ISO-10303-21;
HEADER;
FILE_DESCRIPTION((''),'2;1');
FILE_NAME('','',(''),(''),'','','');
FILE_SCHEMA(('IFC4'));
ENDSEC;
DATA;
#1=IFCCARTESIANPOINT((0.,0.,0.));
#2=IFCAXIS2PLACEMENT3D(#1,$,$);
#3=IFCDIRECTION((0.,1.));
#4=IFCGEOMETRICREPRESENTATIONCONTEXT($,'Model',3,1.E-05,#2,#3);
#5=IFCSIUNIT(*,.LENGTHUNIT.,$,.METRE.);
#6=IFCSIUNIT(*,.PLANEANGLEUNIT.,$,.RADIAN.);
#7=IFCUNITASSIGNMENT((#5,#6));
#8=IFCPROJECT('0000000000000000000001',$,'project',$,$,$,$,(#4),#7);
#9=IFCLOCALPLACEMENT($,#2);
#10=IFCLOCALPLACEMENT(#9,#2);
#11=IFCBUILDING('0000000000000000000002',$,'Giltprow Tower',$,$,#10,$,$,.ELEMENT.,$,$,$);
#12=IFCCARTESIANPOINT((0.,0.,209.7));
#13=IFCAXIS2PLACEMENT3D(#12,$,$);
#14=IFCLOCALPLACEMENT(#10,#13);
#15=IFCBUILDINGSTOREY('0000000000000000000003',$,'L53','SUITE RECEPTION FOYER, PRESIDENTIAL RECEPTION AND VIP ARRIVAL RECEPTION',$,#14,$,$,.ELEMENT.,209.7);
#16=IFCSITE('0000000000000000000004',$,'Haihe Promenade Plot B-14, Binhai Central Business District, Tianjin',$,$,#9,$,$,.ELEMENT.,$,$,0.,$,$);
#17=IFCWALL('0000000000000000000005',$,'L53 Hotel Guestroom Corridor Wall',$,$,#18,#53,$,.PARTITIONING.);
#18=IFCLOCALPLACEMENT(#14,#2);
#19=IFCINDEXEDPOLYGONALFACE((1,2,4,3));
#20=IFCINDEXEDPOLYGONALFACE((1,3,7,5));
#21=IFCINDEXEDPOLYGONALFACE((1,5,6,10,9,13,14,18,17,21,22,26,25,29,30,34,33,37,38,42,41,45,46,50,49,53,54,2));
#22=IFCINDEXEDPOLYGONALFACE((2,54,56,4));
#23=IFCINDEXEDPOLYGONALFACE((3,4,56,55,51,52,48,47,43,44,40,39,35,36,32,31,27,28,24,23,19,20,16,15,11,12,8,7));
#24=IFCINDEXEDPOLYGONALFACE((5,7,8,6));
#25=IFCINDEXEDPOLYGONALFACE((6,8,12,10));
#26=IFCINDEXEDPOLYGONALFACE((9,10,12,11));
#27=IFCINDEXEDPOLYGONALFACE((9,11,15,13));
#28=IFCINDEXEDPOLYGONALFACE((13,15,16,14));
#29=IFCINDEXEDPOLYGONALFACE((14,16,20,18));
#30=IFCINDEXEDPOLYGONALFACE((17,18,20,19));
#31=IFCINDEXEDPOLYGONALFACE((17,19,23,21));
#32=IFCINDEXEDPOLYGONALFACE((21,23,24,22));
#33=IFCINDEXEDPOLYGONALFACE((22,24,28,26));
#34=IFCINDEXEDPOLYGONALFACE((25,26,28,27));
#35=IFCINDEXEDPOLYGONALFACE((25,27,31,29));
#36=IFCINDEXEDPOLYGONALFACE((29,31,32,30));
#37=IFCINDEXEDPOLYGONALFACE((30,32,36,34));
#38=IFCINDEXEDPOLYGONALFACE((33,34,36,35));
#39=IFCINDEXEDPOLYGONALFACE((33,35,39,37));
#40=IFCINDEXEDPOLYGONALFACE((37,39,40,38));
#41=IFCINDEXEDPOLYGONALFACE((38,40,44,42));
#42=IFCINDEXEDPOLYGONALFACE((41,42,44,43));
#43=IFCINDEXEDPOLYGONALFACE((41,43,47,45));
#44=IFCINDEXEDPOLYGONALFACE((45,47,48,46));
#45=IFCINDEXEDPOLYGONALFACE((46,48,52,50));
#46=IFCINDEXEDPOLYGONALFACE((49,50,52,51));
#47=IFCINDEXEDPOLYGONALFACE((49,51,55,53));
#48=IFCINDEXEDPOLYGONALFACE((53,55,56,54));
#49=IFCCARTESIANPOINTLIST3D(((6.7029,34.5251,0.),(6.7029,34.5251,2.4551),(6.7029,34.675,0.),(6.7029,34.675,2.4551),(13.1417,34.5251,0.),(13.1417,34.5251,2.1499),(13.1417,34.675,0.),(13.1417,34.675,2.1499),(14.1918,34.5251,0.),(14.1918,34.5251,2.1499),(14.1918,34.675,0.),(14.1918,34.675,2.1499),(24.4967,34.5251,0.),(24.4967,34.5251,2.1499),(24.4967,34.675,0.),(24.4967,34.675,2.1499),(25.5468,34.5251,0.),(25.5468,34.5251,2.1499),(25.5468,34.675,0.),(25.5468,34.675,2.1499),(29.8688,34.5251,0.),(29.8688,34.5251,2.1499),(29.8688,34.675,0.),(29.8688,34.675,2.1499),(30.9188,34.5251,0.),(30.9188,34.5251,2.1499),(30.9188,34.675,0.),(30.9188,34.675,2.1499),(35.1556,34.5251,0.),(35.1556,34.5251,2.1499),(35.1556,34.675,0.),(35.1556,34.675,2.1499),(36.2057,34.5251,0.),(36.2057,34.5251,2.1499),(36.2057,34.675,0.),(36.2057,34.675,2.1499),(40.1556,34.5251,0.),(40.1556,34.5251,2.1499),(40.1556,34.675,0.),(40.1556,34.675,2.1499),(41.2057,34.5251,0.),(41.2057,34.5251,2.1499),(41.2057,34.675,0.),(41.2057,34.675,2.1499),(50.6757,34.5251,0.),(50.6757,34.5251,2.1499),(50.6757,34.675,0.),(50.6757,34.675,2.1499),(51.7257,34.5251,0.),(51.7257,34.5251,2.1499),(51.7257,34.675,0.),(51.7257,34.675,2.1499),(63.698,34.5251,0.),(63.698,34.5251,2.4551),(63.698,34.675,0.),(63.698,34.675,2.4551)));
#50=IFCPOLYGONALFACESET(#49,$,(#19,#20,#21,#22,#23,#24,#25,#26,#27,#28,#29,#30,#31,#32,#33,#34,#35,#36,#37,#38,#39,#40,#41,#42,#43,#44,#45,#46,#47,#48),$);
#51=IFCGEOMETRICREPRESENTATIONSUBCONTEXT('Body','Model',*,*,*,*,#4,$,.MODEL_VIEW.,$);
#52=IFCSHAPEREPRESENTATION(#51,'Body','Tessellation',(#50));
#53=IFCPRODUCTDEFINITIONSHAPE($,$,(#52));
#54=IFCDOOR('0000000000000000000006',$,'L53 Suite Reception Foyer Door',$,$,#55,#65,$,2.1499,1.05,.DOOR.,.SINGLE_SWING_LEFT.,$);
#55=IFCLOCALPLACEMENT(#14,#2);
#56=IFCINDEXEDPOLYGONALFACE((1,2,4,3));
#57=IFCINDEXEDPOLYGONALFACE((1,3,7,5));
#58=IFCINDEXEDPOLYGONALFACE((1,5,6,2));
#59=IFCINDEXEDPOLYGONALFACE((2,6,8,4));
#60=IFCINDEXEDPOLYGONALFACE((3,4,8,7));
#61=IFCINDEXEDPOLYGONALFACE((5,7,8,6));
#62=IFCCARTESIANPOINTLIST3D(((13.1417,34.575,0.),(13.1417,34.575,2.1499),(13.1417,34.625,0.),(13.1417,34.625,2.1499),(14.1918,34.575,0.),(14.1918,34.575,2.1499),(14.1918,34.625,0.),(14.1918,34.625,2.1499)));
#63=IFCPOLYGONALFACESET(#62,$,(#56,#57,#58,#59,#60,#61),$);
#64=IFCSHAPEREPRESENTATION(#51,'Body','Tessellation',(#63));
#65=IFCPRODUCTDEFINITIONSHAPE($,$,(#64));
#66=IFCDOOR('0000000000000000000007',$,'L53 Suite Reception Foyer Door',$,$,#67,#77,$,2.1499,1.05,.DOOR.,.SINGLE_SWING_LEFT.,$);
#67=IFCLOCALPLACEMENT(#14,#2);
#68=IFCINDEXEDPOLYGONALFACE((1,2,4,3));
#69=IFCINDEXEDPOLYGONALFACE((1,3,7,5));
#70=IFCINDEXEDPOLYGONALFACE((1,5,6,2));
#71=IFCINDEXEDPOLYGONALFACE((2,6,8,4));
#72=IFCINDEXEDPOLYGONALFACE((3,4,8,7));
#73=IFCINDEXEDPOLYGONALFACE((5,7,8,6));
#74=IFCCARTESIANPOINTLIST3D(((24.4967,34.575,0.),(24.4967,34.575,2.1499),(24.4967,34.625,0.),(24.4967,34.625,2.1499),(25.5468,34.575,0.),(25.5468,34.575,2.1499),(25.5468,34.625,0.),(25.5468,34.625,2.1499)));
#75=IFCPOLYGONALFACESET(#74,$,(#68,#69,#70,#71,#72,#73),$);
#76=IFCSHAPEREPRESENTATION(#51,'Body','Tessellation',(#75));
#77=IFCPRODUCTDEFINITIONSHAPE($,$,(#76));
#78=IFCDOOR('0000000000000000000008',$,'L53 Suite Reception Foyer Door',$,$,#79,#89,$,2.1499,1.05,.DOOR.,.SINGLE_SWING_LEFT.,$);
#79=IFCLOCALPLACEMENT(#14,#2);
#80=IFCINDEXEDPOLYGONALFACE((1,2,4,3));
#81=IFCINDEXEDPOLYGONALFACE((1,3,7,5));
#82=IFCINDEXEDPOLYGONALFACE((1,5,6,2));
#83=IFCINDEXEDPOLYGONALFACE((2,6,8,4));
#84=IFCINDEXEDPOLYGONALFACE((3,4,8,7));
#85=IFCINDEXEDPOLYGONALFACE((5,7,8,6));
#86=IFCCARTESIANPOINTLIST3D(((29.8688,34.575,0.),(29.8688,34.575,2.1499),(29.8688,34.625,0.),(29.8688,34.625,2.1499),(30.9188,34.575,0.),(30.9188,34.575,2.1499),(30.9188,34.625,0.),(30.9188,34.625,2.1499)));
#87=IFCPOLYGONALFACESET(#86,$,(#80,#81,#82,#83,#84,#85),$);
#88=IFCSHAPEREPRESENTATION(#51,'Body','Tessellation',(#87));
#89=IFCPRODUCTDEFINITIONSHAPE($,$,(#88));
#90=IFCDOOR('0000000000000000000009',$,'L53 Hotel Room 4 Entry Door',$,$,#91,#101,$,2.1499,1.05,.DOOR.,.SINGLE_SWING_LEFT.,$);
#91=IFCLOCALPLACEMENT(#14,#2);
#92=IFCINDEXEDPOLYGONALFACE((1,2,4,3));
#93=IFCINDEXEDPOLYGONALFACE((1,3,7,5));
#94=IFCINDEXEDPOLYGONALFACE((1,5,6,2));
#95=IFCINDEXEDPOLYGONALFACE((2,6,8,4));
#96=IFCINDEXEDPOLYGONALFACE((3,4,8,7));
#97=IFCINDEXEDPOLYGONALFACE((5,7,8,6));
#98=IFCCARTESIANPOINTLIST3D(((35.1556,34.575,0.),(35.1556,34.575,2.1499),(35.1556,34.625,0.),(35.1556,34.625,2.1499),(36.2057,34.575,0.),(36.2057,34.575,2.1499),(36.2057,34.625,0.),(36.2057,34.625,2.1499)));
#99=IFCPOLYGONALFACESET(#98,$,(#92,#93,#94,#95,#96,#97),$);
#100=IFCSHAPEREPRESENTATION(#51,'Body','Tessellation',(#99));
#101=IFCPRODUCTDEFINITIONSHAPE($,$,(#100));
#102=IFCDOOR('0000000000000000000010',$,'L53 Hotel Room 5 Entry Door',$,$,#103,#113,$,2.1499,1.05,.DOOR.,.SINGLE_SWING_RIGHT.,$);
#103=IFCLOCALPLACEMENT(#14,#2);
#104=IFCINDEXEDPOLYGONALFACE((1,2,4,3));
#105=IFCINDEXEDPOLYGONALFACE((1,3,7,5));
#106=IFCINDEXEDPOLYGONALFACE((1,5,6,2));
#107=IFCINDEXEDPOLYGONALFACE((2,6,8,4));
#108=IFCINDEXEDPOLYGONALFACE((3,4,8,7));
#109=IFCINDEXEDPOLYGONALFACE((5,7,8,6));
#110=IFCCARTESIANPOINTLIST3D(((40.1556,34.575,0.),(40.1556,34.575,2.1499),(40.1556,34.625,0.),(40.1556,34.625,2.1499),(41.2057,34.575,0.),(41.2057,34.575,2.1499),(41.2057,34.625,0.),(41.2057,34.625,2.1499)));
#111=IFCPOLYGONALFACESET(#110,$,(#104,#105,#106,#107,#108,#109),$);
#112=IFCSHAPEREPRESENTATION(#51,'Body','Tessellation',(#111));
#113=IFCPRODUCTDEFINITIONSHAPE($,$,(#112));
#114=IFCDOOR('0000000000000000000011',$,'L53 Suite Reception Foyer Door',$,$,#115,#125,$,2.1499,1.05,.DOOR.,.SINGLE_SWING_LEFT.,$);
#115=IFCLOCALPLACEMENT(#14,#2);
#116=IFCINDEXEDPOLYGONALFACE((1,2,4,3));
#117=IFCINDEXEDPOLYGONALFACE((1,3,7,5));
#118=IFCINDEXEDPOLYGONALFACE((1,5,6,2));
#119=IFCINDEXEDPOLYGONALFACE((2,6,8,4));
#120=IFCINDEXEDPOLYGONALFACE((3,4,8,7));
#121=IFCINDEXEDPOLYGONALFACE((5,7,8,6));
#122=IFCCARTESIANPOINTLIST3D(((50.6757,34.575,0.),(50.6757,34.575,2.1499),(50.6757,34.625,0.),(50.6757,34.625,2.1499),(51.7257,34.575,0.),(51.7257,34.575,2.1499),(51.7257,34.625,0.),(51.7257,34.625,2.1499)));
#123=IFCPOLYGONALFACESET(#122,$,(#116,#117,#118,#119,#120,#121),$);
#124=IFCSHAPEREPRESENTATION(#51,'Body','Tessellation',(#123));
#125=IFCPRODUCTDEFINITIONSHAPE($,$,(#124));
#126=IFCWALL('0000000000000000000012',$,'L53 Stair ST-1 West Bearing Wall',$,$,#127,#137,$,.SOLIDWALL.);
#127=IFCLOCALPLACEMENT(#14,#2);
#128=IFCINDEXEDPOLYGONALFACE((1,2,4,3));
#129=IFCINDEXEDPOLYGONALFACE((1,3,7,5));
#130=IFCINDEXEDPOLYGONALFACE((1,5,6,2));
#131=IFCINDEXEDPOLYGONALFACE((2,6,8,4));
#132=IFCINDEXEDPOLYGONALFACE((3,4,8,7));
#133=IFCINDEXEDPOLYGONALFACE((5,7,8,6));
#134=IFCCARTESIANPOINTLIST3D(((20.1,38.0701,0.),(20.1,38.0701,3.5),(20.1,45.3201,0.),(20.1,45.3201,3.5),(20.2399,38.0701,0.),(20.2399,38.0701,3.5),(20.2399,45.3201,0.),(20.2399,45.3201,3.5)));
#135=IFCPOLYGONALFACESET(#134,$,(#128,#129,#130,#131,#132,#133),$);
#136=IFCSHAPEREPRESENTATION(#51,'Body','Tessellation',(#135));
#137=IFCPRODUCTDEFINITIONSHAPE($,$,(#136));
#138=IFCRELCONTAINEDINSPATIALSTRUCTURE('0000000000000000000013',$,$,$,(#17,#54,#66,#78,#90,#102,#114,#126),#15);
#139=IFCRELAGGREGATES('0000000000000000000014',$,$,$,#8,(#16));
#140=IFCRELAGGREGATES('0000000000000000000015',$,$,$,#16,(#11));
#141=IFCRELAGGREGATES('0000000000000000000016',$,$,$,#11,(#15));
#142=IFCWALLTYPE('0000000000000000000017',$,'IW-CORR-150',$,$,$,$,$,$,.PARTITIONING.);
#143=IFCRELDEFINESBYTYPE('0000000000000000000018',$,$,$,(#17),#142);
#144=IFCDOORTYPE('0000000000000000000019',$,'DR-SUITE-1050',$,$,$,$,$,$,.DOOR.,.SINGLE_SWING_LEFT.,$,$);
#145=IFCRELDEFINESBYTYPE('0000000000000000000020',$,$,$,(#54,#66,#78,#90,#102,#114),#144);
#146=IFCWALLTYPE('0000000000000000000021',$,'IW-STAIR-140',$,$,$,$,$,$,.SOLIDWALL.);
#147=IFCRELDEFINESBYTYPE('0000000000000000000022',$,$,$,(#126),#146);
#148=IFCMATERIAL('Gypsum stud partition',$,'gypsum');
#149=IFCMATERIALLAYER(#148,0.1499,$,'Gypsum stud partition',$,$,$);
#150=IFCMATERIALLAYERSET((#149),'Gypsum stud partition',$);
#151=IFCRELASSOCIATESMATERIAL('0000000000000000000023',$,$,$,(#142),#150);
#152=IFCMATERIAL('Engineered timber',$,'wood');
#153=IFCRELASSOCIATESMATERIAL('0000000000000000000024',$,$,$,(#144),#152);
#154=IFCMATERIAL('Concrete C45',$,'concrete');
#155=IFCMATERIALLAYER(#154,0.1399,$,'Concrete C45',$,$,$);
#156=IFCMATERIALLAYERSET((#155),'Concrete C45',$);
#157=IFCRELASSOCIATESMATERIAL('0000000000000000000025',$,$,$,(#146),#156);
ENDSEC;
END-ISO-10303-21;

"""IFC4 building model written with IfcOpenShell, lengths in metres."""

from ifc_helpers import new_model, si_unit, direction, frame, frame_2d, origin, place, context, subcontext, project, spatial, rectangle, extrude, source, transform, mapped, material, layer, layer_set, type_object, element, fill, save


model = new_model("IFC4")

# Units and contexts
model_context = context("Model", 3, precision=1e-05, world=origin(), true_north=direction((0.0, 1.0)))
body_context = subcontext(model_context, "Body", "Model", "MODEL_VIEW")
ifc_project = project(units=[si_unit("LENGTHUNIT", "METRE"), si_unit("PLANEANGLEUNIT", "RADIAN")], contexts=[model_context])

# Site, building, storey
site_placement = place(None, origin())
site = spatial("IfcSite", under=ifc_project, at=site_placement, Name="Haihe Promenade Plot B-14, Binhai Central Business District, Tianjin", CompositionType="ELEMENT", RefElevation=0.0)
building_placement = place(site_placement, origin())
building = spatial("IfcBuilding", under=site, at=building_placement, Name="Giltprow Tower", CompositionType="ELEMENT")
storey_placement = place(building_placement, frame((0.0, 0.0, 209.7)))
storey = spatial("IfcBuildingStorey", under=building, at=storey_placement, Name="L53", Description="SUITE RECEPTION FOYER, PRESIDENTIAL RECEPTION AND VIP ARRIVAL RECEPTION", CompositionType="ELEMENT", Elevation=209.7)

# Wall, openings, doors
ifc_material_1 = material(Name="Gypsum stud partition", Category="gypsum")
ifc_layer_1 = layer(ifc_material_1, 0.1499, Name="Gypsum stud partition")
ifc_layer_set_1 = layer_set([ifc_layer_1], Name="Gypsum stud partition")
wall_type_1 = type_object("IfcWallType", Name="IW-CORR-150", PredefinedType="PARTITIONING", material=ifc_layer_set_1)
wall_1_placement = place(storey_placement, frame((6.7029, 34.6001, 0.0), z_axis=(0.0, 0.0, 1.0), x_axis=(1.0, 0.0, 0.0)))
wall_1 = element("IfcWall", 1, at=wall_1_placement, inside=storey, type_object=wall_type_1, Name="L53 Hotel Guestroom Corridor Wall", PredefinedType="PARTITIONING", context=body_context, shape_type="SweptSolid", body=[
    extrude(rectangle(XDim=56.9951, YDim=0.1499, at=frame_2d((28.4976, 0.0))), origin(), (0.0, 0.0, 1.0), 2.4551),
])
opening_1_placement = place(wall_1_placement, frame((6.439, 0.0, 0.0)))
opening_1 = element("IfcOpeningElement", 2, at=opening_1_placement, cuts=wall_1, PredefinedType="OPENING", context=body_context, shape_type="SweptSolid", body=[
    extrude(rectangle(XDim=1.05, YDim=2.1499, at=frame_2d((0.5249, 1.075))), frame((0.0, 0.085, 0.0), z_axis=(0.0, -1.0, 0.0), x_axis=(1.0, 0.0, 0.0)), (0.0, 0.0, 1.0), 0.1699),
])
opening_2_placement = place(wall_1_placement, frame((17.7939, 0.0, 0.0)))
opening_2 = element("IfcOpeningElement", 3, at=opening_2_placement, cuts=wall_1, PredefinedType="OPENING", context=body_context, shape_type="SweptSolid", body=[
    extrude(rectangle(XDim=1.05, YDim=2.1499, at=frame_2d((0.5249, 1.075))), frame((0.0, 0.085, 0.0), z_axis=(0.0, -1.0, 0.0), x_axis=(1.0, 0.0, 0.0)), (0.0, 0.0, 1.0), 0.1699),
])
opening_3_placement = place(wall_1_placement, frame((23.166, 0.0, 0.0)))
opening_3 = element("IfcOpeningElement", 4, at=opening_3_placement, cuts=wall_1, PredefinedType="OPENING", context=body_context, shape_type="SweptSolid", body=[
    extrude(rectangle(XDim=1.05, YDim=2.1499, at=frame_2d((0.5249, 1.075))), frame((0.0, 0.085, 0.0), z_axis=(0.0, -1.0, 0.0), x_axis=(1.0, 0.0, 0.0)), (0.0, 0.0, 1.0), 0.1699),
])
opening_4_placement = place(wall_1_placement, frame((28.4529, 0.0, 0.0)))
opening_4 = element("IfcOpeningElement", 5, at=opening_4_placement, cuts=wall_1, PredefinedType="OPENING", context=body_context, shape_type="SweptSolid", body=[
    extrude(rectangle(XDim=1.05, YDim=2.1499, at=frame_2d((0.5249, 1.075))), frame((0.0, 0.085, 0.0), z_axis=(0.0, -1.0, 0.0), x_axis=(1.0, 0.0, 0.0)), (0.0, 0.0, 1.0), 0.1699),
])
opening_5_placement = place(wall_1_placement, frame((33.4529, 0.0, 0.0)))
opening_5 = element("IfcOpeningElement", 6, at=opening_5_placement, cuts=wall_1, PredefinedType="OPENING", context=body_context, shape_type="SweptSolid", body=[
    extrude(rectangle(XDim=1.05, YDim=2.1499, at=frame_2d((0.5249, 1.075))), frame((0.0, 0.085, 0.0), z_axis=(0.0, -1.0, 0.0), x_axis=(1.0, 0.0, 0.0)), (0.0, 0.0, 1.0), 0.1699),
])
opening_6_placement = place(wall_1_placement, frame((43.9729, 0.0, 0.0)))
opening_6 = element("IfcOpeningElement", 7, at=opening_6_placement, cuts=wall_1, PredefinedType="OPENING", context=body_context, shape_type="SweptSolid", body=[
    extrude(rectangle(XDim=1.05, YDim=2.1499, at=frame_2d((0.5249, 1.075))), frame((0.0, 0.085, 0.0), z_axis=(0.0, -1.0, 0.0), x_axis=(1.0, 0.0, 0.0)), (0.0, 0.0, 1.0), 0.1699),
])
ifc_material_2 = material(Name="Engineered timber", Category="wood")
door_type_1 = type_object("IfcDoorType", Name="DR-SUITE-1050", OperationType="SINGLE_SWING_LEFT", PredefinedType="DOOR", material=ifc_material_2)
shared_shape_1 = source(origin(), body_context, "Body", "SweptSolid", [
    extrude(rectangle(XDim=1.05, YDim=2.1499, at=frame_2d((0.5249, 1.075))), frame((0.0, 0.0249, 0.0), z_axis=(0.0, -1.0, 0.0), x_axis=(1.0, 0.0, 0.0)), (0.0, 0.0, 1.0), 0.05),
])
door_1_placement = place(opening_1_placement, origin())
door_1 = element("IfcDoor", 8, at=door_1_placement, inside=storey, type_object=door_type_1, Name="L53 Suite Reception Foyer Door", OperationType="SINGLE_SWING_LEFT", OverallHeight=2.1499, OverallWidth=1.05, PredefinedType="DOOR", context=body_context, shape_type="MappedRepresentation", body=[
    mapped(shared_shape_1, transform((0.0, 0.0, 0.0), x_axis=(1.0, 0.0, 0.0), y_axis=(0.0, 1.0, 0.0), z_axis=(0.0, 0.0, 1.0), scale=1.0)),
])
fill(opening_1, door_1)
door_2_placement = place(opening_2_placement, origin())
door_2 = element("IfcDoor", 9, at=door_2_placement, inside=storey, type_object=door_type_1, Name="L53 Suite Reception Foyer Door", OperationType="SINGLE_SWING_LEFT", OverallHeight=2.1499, OverallWidth=1.05, PredefinedType="DOOR", context=body_context, shape_type="MappedRepresentation", body=[
    mapped(shared_shape_1, transform((0.0, 0.0, 0.0), x_axis=(1.0, 0.0, 0.0), y_axis=(0.0, 1.0, 0.0), z_axis=(0.0, 0.0, 1.0), scale=1.0)),
])
fill(opening_2, door_2)
door_3_placement = place(opening_3_placement, origin())
door_3 = element("IfcDoor", 10, at=door_3_placement, inside=storey, type_object=door_type_1, Name="L53 Suite Reception Foyer Door", OperationType="SINGLE_SWING_LEFT", OverallHeight=2.1499, OverallWidth=1.05, PredefinedType="DOOR", context=body_context, shape_type="MappedRepresentation", body=[
    mapped(shared_shape_1, transform((0.0, 0.0, 0.0), x_axis=(1.0, 0.0, 0.0), y_axis=(0.0, 1.0, 0.0), z_axis=(0.0, 0.0, 1.0), scale=1.0)),
])
fill(opening_3, door_3)
door_4_placement = place(opening_4_placement, origin())
door_4 = element("IfcDoor", 11, at=door_4_placement, inside=storey, type_object=door_type_1, Name="L53 Hotel Room 4 Entry Door", OperationType="SINGLE_SWING_LEFT", OverallHeight=2.1499, OverallWidth=1.05, PredefinedType="DOOR", context=body_context, shape_type="MappedRepresentation", body=[
    mapped(shared_shape_1, transform((0.0, 0.0, 0.0), x_axis=(1.0, 0.0, 0.0), y_axis=(0.0, 1.0, 0.0), z_axis=(0.0, 0.0, 1.0), scale=1.0)),
])
fill(opening_4, door_4)
door_5_placement = place(opening_5_placement, origin())
door_5 = element("IfcDoor", 12, at=door_5_placement, inside=storey, type_object=door_type_1, Name="L53 Hotel Room 5 Entry Door", OperationType="SINGLE_SWING_RIGHT", OverallHeight=2.1499, OverallWidth=1.05, PredefinedType="DOOR", context=body_context, shape_type="MappedRepresentation", body=[
    mapped(shared_shape_1, transform((0.0, 0.0, 0.0), x_axis=(1.0, 0.0, 0.0), y_axis=(0.0, 1.0, 0.0), z_axis=(0.0, 0.0, 1.0), scale=1.0)),
])
fill(opening_5, door_5)
door_6_placement = place(opening_6_placement, origin())
door_6 = element("IfcDoor", 13, at=door_6_placement, inside=storey, type_object=door_type_1, Name="L53 Suite Reception Foyer Door", OperationType="SINGLE_SWING_LEFT", OverallHeight=2.1499, OverallWidth=1.05, PredefinedType="DOOR", context=body_context, shape_type="MappedRepresentation", body=[
    mapped(shared_shape_1, transform((0.0, 0.0, 0.0), x_axis=(1.0, 0.0, 0.0), y_axis=(0.0, 1.0, 0.0), z_axis=(0.0, 0.0, 1.0), scale=1.0)),
])
fill(opening_6, door_6)

# Wall
ifc_material_3 = material(Name="Concrete C45", Category="concrete")
ifc_layer_2 = layer(ifc_material_3, 0.1399, Name="Concrete C45")
ifc_layer_set_2 = layer_set([ifc_layer_2], Name="Concrete C45")
wall_type_2 = type_object("IfcWallType", Name="IW-STAIR-140", PredefinedType="SOLIDWALL", material=ifc_layer_set_2)
wall_2_placement = place(storey_placement, frame((20.1699, 38.0701, 0.0), z_axis=(0.0, 0.0, 1.0), x_axis=(0.0, 1.0, 0.0)))
element("IfcWall", 14, at=wall_2_placement, inside=storey, type_object=wall_type_2, Name="L53 Stair ST-1 West Bearing Wall", PredefinedType="SOLIDWALL", context=body_context, shape_type="SweptSolid", body=[
    extrude(rectangle(XDim=7.25, YDim=0.1399, at=frame_2d((3.625, 0.0))), origin(), (0.0, 0.0, 1.0), 3.5),
])

save(model, "model.ifc")
